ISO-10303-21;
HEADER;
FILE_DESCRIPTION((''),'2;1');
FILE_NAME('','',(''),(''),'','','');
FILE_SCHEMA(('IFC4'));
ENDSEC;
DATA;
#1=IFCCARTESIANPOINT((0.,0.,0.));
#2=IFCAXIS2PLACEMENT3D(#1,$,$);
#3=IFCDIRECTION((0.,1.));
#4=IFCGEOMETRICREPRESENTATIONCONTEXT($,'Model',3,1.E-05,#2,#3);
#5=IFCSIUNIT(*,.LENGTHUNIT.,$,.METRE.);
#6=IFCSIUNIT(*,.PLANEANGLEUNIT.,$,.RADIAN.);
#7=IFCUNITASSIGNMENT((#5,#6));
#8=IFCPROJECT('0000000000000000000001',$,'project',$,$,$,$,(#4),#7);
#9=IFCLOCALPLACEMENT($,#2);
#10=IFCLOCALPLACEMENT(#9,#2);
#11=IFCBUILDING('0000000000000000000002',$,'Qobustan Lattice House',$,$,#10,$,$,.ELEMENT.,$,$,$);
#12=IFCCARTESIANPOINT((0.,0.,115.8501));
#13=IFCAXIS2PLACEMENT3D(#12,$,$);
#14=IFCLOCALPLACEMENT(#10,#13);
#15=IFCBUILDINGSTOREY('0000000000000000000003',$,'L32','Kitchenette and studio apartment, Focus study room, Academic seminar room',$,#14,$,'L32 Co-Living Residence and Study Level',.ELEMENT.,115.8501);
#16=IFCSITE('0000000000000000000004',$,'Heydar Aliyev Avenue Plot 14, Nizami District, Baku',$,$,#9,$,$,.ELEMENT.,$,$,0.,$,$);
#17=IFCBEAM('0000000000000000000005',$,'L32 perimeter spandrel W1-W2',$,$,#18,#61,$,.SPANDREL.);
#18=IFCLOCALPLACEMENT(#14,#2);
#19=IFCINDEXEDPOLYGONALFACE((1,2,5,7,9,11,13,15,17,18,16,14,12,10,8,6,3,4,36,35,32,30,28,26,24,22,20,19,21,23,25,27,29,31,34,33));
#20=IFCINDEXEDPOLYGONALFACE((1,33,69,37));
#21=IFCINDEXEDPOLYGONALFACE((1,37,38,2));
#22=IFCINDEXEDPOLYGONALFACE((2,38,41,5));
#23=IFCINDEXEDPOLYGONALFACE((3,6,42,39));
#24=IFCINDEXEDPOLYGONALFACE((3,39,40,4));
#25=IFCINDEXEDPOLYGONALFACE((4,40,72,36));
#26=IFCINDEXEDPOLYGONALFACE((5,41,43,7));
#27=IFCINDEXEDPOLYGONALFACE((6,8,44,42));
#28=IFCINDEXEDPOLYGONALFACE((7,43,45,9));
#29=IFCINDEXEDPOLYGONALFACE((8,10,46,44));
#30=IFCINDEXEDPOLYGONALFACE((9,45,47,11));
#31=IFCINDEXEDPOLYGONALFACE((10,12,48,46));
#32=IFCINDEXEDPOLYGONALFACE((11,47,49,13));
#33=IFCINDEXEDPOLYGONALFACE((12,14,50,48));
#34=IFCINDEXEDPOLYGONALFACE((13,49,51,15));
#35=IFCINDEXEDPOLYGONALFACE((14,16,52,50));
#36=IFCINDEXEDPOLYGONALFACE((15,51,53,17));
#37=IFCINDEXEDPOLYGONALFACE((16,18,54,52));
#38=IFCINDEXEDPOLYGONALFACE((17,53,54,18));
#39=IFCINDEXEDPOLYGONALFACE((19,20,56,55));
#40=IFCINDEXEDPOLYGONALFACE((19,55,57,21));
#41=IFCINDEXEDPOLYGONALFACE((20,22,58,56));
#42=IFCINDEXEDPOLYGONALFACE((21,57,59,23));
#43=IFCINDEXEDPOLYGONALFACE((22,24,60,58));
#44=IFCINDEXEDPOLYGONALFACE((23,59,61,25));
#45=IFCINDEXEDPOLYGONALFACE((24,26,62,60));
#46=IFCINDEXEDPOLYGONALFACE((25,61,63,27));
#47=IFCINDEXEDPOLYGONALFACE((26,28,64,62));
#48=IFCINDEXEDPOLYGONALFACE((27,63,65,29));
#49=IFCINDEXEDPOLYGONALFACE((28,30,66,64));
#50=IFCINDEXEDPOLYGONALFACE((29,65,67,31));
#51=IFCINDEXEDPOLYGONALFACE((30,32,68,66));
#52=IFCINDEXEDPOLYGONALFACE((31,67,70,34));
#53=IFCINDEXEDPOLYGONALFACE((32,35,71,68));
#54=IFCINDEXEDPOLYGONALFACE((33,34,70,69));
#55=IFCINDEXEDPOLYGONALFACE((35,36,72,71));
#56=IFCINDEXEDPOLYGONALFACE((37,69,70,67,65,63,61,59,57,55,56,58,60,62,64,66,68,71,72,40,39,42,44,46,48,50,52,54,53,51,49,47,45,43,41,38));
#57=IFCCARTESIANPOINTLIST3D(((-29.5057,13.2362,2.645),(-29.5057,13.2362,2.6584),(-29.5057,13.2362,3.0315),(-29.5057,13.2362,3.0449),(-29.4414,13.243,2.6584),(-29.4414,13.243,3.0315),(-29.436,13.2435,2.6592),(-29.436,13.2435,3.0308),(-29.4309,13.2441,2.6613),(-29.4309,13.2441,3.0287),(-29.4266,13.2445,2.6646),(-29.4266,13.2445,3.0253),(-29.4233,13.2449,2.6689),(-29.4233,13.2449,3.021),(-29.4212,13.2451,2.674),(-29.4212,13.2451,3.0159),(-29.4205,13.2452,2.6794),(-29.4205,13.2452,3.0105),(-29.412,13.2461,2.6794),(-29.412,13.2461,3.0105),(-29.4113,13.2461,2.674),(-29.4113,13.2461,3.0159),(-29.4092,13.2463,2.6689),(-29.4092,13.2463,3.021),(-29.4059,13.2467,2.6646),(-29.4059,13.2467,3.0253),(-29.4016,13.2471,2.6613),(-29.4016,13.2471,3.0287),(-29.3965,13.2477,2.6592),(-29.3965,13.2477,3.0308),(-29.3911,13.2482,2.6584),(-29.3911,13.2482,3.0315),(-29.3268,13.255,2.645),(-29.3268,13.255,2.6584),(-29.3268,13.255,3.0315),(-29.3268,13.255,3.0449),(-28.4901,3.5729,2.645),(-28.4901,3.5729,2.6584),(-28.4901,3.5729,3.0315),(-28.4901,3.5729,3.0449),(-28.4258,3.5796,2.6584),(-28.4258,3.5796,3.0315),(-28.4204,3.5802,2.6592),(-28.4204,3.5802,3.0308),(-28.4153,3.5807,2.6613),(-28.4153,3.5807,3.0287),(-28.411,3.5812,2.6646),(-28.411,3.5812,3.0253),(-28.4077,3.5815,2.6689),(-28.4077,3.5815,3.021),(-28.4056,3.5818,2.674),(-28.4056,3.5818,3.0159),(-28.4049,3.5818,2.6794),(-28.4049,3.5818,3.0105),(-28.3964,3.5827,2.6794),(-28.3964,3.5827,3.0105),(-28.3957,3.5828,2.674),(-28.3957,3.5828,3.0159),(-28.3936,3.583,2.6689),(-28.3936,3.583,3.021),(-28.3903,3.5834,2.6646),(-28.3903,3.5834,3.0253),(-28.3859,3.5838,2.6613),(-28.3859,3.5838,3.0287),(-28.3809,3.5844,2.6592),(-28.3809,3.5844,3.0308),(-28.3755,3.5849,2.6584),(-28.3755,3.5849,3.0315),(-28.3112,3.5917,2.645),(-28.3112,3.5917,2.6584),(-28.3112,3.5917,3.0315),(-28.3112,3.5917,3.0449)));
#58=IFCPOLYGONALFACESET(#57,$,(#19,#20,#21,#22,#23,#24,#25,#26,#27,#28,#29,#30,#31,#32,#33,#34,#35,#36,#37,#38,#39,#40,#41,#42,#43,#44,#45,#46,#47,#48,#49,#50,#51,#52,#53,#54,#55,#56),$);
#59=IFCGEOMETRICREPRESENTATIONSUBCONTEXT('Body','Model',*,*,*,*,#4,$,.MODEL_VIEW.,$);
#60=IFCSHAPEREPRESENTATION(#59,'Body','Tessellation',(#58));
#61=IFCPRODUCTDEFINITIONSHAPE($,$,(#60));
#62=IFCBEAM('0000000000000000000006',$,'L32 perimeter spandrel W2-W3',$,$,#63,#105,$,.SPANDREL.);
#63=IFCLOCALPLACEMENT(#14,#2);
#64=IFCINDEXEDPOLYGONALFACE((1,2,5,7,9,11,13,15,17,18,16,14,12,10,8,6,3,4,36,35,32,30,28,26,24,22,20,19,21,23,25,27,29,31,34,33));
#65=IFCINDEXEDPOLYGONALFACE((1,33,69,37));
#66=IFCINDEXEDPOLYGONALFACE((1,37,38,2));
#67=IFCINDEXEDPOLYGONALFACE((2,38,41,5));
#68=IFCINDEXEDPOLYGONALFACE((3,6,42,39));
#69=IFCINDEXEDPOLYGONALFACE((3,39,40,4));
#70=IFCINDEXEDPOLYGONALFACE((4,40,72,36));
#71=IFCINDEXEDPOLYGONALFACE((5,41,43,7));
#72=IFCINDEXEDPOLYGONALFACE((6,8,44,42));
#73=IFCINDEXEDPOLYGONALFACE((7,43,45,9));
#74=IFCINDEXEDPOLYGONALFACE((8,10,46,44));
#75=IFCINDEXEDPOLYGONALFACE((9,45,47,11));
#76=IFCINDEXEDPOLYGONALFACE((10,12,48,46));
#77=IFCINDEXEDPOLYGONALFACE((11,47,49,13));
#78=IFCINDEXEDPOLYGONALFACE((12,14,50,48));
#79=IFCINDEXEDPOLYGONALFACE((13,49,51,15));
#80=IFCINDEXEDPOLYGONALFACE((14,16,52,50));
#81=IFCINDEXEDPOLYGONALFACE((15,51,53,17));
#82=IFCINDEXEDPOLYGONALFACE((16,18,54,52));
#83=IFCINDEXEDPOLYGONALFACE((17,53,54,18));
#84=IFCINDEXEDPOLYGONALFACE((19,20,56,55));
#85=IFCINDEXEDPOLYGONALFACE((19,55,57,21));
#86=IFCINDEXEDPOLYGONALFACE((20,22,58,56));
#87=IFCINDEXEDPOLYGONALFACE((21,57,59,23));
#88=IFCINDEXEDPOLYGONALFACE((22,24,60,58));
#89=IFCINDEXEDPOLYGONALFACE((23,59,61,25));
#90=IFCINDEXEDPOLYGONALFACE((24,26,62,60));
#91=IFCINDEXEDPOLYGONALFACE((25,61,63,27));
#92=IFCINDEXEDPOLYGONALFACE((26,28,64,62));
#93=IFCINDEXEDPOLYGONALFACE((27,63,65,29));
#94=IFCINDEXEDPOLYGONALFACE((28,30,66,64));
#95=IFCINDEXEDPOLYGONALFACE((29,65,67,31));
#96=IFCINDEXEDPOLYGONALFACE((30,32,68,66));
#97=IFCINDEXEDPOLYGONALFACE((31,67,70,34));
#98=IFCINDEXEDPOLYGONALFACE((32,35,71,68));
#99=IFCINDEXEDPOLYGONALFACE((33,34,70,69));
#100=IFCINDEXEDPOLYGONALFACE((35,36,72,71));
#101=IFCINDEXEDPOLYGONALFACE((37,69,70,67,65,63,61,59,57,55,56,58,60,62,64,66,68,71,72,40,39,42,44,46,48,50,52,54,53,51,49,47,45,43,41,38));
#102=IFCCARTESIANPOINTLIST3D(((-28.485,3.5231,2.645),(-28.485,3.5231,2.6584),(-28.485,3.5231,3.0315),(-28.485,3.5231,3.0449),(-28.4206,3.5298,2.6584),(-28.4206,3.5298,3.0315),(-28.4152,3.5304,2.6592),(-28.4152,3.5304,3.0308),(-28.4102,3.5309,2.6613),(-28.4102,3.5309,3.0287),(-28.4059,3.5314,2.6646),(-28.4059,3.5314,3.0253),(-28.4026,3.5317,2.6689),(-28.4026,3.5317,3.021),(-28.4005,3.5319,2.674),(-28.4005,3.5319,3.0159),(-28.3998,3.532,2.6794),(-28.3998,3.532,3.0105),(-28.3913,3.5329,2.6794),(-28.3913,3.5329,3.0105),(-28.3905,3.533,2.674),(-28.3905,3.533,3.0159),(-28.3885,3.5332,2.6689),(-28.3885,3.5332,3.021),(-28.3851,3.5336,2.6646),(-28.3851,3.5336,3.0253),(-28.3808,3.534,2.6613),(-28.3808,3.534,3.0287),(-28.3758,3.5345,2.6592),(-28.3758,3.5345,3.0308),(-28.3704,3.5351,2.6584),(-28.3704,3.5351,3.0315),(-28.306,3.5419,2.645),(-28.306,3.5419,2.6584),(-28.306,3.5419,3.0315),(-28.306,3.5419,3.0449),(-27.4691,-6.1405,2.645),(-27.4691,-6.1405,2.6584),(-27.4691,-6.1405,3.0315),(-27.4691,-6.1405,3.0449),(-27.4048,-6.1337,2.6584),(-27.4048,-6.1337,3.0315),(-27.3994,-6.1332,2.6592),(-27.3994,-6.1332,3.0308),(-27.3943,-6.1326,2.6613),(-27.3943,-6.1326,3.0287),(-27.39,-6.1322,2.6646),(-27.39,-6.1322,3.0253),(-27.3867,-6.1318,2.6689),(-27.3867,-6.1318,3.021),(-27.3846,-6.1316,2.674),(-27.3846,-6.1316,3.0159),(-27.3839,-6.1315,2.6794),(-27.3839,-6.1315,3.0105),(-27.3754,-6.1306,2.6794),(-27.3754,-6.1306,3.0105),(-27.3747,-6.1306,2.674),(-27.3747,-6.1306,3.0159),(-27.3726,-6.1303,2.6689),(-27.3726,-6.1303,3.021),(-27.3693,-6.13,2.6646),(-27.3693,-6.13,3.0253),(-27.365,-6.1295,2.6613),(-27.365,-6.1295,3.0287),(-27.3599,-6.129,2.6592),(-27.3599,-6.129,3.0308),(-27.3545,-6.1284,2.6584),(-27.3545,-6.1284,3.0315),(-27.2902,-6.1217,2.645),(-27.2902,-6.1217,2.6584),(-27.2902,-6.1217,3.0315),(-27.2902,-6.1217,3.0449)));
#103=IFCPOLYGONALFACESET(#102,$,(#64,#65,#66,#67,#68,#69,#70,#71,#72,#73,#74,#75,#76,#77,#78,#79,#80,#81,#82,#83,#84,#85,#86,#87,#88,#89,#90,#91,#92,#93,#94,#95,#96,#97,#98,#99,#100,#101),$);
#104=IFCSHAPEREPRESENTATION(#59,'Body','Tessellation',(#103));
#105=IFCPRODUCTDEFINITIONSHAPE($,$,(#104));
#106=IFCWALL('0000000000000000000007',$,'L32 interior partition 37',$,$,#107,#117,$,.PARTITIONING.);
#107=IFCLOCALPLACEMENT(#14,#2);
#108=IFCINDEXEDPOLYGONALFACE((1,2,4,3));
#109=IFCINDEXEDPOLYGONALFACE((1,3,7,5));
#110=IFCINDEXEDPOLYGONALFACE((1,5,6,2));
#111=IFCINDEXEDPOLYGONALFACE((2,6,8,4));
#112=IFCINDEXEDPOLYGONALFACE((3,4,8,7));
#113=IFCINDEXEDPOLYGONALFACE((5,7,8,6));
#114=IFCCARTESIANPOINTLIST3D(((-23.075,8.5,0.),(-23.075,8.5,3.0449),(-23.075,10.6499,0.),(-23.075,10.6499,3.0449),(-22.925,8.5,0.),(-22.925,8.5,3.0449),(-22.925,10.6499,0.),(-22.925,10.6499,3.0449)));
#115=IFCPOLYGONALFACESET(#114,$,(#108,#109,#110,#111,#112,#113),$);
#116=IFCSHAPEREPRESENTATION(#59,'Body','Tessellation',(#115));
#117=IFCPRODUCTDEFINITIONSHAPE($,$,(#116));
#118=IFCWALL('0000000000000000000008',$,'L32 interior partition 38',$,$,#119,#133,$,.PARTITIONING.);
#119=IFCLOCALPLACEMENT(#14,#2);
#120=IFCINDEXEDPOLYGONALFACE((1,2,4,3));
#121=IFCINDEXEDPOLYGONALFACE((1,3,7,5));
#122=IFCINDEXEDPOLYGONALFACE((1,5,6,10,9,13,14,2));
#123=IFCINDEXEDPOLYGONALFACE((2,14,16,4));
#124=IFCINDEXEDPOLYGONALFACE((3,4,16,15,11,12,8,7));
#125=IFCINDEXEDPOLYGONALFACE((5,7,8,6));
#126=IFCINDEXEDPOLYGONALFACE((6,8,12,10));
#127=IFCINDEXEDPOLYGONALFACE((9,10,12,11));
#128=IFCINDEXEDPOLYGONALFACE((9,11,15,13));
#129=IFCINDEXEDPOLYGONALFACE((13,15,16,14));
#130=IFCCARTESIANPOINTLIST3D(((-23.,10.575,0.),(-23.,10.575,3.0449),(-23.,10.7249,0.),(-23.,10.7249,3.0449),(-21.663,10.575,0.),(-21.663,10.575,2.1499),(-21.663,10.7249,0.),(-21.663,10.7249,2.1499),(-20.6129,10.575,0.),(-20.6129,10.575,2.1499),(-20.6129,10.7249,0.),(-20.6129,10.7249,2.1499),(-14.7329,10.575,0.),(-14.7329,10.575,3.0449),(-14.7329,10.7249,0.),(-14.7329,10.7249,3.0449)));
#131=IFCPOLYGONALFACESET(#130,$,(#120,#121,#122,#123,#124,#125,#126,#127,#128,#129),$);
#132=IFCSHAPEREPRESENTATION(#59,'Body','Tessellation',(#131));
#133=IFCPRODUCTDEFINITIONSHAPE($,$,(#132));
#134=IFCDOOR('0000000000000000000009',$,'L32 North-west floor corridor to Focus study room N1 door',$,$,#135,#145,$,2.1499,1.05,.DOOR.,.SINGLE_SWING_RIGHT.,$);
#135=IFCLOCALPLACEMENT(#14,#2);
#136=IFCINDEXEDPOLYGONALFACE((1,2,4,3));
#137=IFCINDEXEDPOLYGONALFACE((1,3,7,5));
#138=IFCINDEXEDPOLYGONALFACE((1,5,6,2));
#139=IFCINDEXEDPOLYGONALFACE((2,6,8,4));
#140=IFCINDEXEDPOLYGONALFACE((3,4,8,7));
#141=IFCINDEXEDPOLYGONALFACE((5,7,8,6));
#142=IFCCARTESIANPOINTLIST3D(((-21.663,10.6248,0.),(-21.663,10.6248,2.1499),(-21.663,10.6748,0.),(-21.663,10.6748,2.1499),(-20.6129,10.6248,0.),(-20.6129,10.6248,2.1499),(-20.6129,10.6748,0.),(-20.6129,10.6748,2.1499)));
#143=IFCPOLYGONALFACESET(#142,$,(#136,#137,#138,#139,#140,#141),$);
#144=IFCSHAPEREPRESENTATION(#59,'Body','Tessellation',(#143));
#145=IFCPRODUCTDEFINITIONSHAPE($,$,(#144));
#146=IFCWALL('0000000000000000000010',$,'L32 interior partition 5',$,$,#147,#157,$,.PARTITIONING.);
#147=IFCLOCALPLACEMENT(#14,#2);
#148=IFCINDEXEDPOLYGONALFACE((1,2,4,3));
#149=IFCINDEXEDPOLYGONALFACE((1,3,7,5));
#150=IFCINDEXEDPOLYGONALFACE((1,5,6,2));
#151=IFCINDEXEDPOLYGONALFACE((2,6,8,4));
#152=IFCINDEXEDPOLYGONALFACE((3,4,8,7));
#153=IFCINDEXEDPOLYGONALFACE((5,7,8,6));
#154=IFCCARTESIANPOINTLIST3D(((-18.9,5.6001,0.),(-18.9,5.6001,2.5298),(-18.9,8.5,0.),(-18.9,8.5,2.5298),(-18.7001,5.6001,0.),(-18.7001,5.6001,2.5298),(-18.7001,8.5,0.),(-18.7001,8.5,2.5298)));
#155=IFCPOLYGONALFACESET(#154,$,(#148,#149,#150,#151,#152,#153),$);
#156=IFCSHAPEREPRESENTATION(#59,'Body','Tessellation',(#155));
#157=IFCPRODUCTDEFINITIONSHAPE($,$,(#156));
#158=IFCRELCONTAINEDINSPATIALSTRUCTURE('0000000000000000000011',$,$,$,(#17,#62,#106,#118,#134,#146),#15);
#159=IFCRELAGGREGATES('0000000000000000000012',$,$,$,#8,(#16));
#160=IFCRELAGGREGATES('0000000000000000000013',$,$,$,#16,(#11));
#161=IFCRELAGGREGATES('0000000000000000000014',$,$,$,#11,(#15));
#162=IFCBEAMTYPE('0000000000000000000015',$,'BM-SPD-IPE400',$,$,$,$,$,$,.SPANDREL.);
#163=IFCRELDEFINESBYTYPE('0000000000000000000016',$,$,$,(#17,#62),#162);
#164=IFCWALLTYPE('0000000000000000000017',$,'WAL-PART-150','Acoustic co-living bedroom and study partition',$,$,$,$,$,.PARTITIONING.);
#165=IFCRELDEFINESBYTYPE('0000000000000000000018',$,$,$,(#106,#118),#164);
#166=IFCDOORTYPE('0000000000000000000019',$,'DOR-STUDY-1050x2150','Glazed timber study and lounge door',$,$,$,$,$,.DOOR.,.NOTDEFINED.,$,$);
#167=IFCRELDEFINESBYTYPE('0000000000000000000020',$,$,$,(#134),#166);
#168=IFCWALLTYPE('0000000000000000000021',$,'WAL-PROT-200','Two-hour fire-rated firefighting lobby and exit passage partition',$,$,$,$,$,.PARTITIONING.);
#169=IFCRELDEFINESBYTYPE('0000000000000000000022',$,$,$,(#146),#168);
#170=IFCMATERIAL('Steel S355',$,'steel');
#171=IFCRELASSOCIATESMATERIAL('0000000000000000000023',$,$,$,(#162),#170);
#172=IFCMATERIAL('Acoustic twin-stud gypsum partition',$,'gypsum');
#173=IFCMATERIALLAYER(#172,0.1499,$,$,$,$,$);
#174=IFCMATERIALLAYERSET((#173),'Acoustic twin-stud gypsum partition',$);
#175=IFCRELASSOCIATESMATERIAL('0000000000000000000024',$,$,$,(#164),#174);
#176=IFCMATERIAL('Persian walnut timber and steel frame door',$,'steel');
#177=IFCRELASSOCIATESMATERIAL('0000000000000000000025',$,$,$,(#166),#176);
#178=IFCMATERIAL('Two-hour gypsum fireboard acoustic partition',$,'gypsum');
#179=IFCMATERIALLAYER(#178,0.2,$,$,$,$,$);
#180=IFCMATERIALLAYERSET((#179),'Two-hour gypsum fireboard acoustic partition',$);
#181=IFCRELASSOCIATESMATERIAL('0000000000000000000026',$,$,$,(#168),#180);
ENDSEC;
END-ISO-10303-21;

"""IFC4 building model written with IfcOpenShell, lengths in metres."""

from ifc_helpers import new_model, si_unit, direction, frame, frame_2d, origin, origin_2d, place, context, subcontext, project, spatial, rectangle, i_section, extrude, material, layer, layer_set, material_profile, profile_set, type_object, element, fill, save


model = new_model("IFC4")

# Units and contexts
model_context = context("Model", 3, precision=1e-05, world=origin(), true_north=direction((0.0, 1.0)))
body_context = subcontext(model_context, "Body", "Model", "MODEL_VIEW")
ifc_project = project(units=[si_unit("LENGTHUNIT", "METRE"), si_unit("PLANEANGLEUNIT", "RADIAN")], contexts=[model_context])

# Site, building, storey
site_placement = place(None, origin())
site = spatial("IfcSite", under=ifc_project, at=site_placement, Name="Heydar Aliyev Avenue Plot 14, Nizami District, Baku", CompositionType="ELEMENT", RefElevation=0.0)
building_placement = place(site_placement, origin())
building = spatial("IfcBuilding", under=site, at=building_placement, Name="Qobustan Lattice House", CompositionType="ELEMENT")
storey_placement = place(building_placement, frame((0.0, 0.0, 115.8501)))
storey = spatial("IfcBuildingStorey", under=building, at=storey_placement, Name="L32", Description="Kitchenette and studio apartment, Focus study room, Academic seminar room", LongName="L32 Co-Living Residence and Study Level", CompositionType="ELEMENT", Elevation=115.8501)

# Beams
ifc_material_1 = material(Name="Steel S355", Category="steel")
ifc_material_profile_1 = material_profile(ifc_material_1, i_section(OverallWidth=0.1799, OverallDepth=0.3999, WebThickness=0.0085, FlangeThickness=0.0134, FilletRadius=0.021, at=origin_2d()), Name="IPE400")
ifc_profile_set_1 = profile_set([ifc_material_profile_1], Name="Steel S355")
beam_type_1 = type_object("IfcBeamType", Name="BM-SPD-IPE400", PredefinedType="SPANDREL", material=ifc_profile_set_1)
beam_1_placement = place(storey_placement, frame((-29.4163, 13.2456, 2.845), z_axis=(0.104525, -0.994522, 0.0), x_axis=(0.994522, 0.104525, 0.0)))
element("IfcBeam", 1, at=beam_1_placement, inside=storey, type_object=beam_type_1, Name="L32 perimeter spandrel W1-W2", PredefinedType="SPANDREL", context=body_context, shape_type="SweptSolid", body=[
    extrude(i_section(OverallWidth=0.1799, OverallDepth=0.3999, WebThickness=0.0085, FlangeThickness=0.0134, FilletRadius=0.021, at=origin_2d()), origin(), (0.0, 0.0, 1.0), 9.7166),
])
beam_2_placement = place(storey_placement, frame((-28.3955, 3.5325, 2.845), z_axis=(0.104547, -0.99452, 0.0), x_axis=(0.99452, 0.104547, 0.0)))
element("IfcBeam", 2, at=beam_2_placement, inside=storey, type_object=beam_type_1, Name="L32 perimeter spandrel W2-W3", PredefinedType="SPANDREL", context=body_context, shape_type="SweptSolid", body=[
    extrude(i_section(OverallWidth=0.1799, OverallDepth=0.3999, WebThickness=0.0085, FlangeThickness=0.0134, FilletRadius=0.021, at=origin_2d()), origin(), (0.0, 0.0, 1.0), 9.7168),
])

# Shared definitions
ifc_material_2 = material(Name="Acoustic twin-stud gypsum partition", Category="gypsum")
ifc_layer_1 = layer(ifc_material_2, 0.1499)
ifc_layer_set_1 = layer_set([ifc_layer_1], Name="Acoustic twin-stud gypsum partition")
wall_type_1 = type_object("IfcWallType", Name="WAL-PART-150", Description="Acoustic co-living bedroom and study partition", PredefinedType="PARTITIONING", material=ifc_layer_set_1)
ifc_material_3 = material(Name="Persian walnut timber and steel frame door", Category="steel")
door_type_1 = type_object("IfcDoorType", Name="DOR-STUDY-1050x2150", Description="Glazed timber study and lounge door", OperationType="NOTDEFINED", PredefinedType="DOOR", material=ifc_material_3)

# Wall
wall_1_placement = place(storey_placement, frame((-23.0, 8.5, 0.0), z_axis=(0.0, 0.0, 1.0), x_axis=(0.0, 1.0, 0.0)))
element("IfcWall", 3, at=wall_1_placement, inside=storey, type_object=wall_type_1, Name="L32 interior partition 37", PredefinedType="PARTITIONING", context=body_context, shape_type="SweptSolid", body=[
    extrude(rectangle(XDim=2.1499, YDim=0.1499, at=frame_2d((1.075, 0.0))), origin(), (0.0, 0.0, 1.0), 3.0449),
])

# Wall, opening, door
wall_2_placement = place(storey_placement, frame((-23.0, 10.6499, 0.0), z_axis=(0.0, 0.0, 1.0), x_axis=(1.0, 0.0, 0.0)))
wall_2 = element("IfcWall", 4, at=wall_2_placement, inside=storey, type_object=wall_type_1, Name="L32 interior partition 38", PredefinedType="PARTITIONING", context=body_context, shape_type="SweptSolid", body=[
    extrude(rectangle(XDim=8.2671, YDim=0.1499, at=frame_2d((4.1335, 0.0))), origin(), (0.0, 0.0, 1.0), 3.0449),
])
opening_1_placement = place(wall_2_placement, frame((1.3372, 0.0, 0.0)))
opening_1 = element("IfcOpeningElement", 5, at=opening_1_placement, cuts=wall_2, PredefinedType="OPENING", context=body_context, shape_type="SweptSolid", body=[
    extrude(rectangle(XDim=1.05, YDim=2.1499, at=frame_2d((0.5249, 1.075))), frame((0.0, 0.085, 0.0), z_axis=(0.0, -1.0, 0.0), x_axis=(1.0, 0.0, 0.0)), (0.0, 0.0, 1.0), 0.1699),
])
door_1_placement = place(opening_1_placement, origin())
door_1 = element("IfcDoor", 6, at=door_1_placement, inside=storey, type_object=door_type_1, Name="L32 North-west floor corridor to Focus study room N1 door", OperationType="SINGLE_SWING_RIGHT", OverallHeight=2.1499, OverallWidth=1.05, PredefinedType="DOOR", context=body_context, shape_type="SweptSolid", body=[
    extrude(rectangle(XDim=1.05, YDim=2.1499, at=frame_2d((0.5249, 1.075))), frame((0.0, 0.0249, 0.0), z_axis=(0.0, -1.0, 0.0), x_axis=(1.0, 0.0, 0.0)), (0.0, 0.0, 1.0), 0.05),
])
fill(opening_1, door_1)

# Wall
ifc_material_4 = material(Name="Two-hour gypsum fireboard acoustic partition", Category="gypsum")
ifc_layer_2 = layer(ifc_material_4, 0.2)
ifc_layer_set_2 = layer_set([ifc_layer_2], Name="Two-hour gypsum fireboard acoustic partition")
wall_type_2 = type_object("IfcWallType", Name="WAL-PROT-200", Description="Two-hour fire-rated firefighting lobby and exit passage partition", PredefinedType="PARTITIONING", material=ifc_layer_set_2)
wall_3_placement = place(storey_placement, frame((-18.8, 8.5, 0.0), z_axis=(0.0, 0.0, 1.0), x_axis=(0.0, -1.0, 0.0)))
element("IfcWall", 7, at=wall_3_placement, inside=storey, type_object=wall_type_2, Name="L32 interior partition 5", PredefinedType="PARTITIONING", context=body_context, shape_type="SweptSolid", body=[
    extrude(rectangle(XDim=2.8999, YDim=0.2, at=frame_2d((1.45, 0.0))), origin(), (0.0, 0.0, 1.0), 2.5298),
])

save(model, "model.ifc")
